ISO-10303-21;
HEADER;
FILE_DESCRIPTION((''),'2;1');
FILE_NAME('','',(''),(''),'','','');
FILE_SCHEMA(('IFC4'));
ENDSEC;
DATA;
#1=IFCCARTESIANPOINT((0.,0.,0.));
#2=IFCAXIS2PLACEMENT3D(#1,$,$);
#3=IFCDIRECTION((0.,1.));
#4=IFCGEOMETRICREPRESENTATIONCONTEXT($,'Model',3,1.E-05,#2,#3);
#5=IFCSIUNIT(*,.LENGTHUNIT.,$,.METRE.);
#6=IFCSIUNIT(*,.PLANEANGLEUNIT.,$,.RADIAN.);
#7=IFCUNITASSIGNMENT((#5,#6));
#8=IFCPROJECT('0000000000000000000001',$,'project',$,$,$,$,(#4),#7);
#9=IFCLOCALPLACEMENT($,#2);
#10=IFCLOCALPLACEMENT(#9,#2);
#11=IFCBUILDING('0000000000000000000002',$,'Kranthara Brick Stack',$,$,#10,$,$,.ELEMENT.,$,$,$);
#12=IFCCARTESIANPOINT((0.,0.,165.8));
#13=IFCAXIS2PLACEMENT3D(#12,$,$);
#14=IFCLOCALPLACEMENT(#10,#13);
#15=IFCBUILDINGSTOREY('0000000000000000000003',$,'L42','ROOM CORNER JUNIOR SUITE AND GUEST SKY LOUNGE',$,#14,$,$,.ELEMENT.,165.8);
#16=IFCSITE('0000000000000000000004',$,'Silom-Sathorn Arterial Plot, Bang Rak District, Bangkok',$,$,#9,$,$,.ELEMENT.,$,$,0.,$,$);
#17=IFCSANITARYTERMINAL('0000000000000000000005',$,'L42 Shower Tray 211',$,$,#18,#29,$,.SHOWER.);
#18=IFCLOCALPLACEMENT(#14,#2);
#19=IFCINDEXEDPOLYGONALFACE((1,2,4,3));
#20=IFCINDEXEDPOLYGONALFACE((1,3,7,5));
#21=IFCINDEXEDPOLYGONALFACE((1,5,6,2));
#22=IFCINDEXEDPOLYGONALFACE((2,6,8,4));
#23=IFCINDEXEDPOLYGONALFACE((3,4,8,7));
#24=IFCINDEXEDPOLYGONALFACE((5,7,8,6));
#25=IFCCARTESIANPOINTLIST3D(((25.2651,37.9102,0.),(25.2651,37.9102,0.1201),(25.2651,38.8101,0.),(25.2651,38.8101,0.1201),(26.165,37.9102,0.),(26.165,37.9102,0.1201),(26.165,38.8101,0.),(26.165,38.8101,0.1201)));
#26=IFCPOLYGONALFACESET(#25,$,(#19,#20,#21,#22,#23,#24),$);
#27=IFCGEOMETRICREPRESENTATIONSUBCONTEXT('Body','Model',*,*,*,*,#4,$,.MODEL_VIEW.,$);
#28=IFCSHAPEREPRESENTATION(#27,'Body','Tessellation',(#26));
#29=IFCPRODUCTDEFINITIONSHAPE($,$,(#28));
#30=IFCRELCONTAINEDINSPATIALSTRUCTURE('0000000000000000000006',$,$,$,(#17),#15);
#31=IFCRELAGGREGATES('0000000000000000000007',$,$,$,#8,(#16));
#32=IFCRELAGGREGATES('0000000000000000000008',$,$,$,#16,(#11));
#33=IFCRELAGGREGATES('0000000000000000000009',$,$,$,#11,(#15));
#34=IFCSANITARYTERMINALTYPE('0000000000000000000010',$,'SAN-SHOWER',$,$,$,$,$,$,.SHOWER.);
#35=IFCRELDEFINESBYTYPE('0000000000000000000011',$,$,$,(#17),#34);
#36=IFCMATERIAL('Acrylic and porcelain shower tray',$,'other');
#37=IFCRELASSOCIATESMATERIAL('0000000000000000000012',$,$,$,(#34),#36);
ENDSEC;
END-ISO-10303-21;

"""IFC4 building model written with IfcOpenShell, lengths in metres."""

from ifc_helpers import new_model, si_unit, direction, frame, origin, origin_2d, place, context, subcontext, project, spatial, rectangle, extrude, material, type_object, element, save


model = new_model("IFC4")

# Units and contexts
model_context = context("Model", 3, precision=1e-05, world=origin(), true_north=direction((0.0, 1.0)))
body_context = subcontext(model_context, "Body", "Model", "MODEL_VIEW")
ifc_project = project(units=[si_unit("LENGTHUNIT", "METRE"), si_unit("PLANEANGLEUNIT", "RADIAN")], contexts=[model_context])

# Site, building, storey
site_placement = place(None, origin())
site = spatial("IfcSite", under=ifc_project, at=site_placement, Name="Silom-Sathorn Arterial Plot, Bang Rak District, Bangkok", CompositionType="ELEMENT", RefElevation=0.0)
building_placement = place(site_placement, origin())
building = spatial("IfcBuilding", under=site, at=building_placement, Name="Kranthara Brick Stack", CompositionType="ELEMENT")
storey_placement = place(building_placement, frame((0.0, 0.0, 165.8)))
storey = spatial("IfcBuildingStorey", under=building, at=storey_placement, Name="L42", Description="ROOM CORNER JUNIOR SUITE AND GUEST SKY LOUNGE", CompositionType="ELEMENT", Elevation=165.8)

# Sanitary terminal
ifc_material_1 = material(Name="Acrylic and porcelain shower tray", Category="other")
sanitary_terminal_type_1 = type_object("IfcSanitaryTerminalType", Name="SAN-SHOWER", PredefinedType="SHOWER", material=ifc_material_1)
sanitary_terminal_1_placement = place(storey_placement, frame((25.7151, 38.3601, 0.0), z_axis=(0.0, 0.0, 1.0), x_axis=(1.0, 0.0, 0.0)))
element("IfcSanitaryTerminal", 1, at=sanitary_terminal_1_placement, inside=storey, type_object=sanitary_terminal_type_1, Name="L42 Shower Tray 211", PredefinedType="SHOWER", context=body_context, shape_type="SweptSolid", body=[
    extrude(rectangle(XDim=0.8999, YDim=0.8999, at=origin_2d()), origin(), (0.0, 0.0, 1.0), 0.1201),
])

save(model, "model.ifc")
